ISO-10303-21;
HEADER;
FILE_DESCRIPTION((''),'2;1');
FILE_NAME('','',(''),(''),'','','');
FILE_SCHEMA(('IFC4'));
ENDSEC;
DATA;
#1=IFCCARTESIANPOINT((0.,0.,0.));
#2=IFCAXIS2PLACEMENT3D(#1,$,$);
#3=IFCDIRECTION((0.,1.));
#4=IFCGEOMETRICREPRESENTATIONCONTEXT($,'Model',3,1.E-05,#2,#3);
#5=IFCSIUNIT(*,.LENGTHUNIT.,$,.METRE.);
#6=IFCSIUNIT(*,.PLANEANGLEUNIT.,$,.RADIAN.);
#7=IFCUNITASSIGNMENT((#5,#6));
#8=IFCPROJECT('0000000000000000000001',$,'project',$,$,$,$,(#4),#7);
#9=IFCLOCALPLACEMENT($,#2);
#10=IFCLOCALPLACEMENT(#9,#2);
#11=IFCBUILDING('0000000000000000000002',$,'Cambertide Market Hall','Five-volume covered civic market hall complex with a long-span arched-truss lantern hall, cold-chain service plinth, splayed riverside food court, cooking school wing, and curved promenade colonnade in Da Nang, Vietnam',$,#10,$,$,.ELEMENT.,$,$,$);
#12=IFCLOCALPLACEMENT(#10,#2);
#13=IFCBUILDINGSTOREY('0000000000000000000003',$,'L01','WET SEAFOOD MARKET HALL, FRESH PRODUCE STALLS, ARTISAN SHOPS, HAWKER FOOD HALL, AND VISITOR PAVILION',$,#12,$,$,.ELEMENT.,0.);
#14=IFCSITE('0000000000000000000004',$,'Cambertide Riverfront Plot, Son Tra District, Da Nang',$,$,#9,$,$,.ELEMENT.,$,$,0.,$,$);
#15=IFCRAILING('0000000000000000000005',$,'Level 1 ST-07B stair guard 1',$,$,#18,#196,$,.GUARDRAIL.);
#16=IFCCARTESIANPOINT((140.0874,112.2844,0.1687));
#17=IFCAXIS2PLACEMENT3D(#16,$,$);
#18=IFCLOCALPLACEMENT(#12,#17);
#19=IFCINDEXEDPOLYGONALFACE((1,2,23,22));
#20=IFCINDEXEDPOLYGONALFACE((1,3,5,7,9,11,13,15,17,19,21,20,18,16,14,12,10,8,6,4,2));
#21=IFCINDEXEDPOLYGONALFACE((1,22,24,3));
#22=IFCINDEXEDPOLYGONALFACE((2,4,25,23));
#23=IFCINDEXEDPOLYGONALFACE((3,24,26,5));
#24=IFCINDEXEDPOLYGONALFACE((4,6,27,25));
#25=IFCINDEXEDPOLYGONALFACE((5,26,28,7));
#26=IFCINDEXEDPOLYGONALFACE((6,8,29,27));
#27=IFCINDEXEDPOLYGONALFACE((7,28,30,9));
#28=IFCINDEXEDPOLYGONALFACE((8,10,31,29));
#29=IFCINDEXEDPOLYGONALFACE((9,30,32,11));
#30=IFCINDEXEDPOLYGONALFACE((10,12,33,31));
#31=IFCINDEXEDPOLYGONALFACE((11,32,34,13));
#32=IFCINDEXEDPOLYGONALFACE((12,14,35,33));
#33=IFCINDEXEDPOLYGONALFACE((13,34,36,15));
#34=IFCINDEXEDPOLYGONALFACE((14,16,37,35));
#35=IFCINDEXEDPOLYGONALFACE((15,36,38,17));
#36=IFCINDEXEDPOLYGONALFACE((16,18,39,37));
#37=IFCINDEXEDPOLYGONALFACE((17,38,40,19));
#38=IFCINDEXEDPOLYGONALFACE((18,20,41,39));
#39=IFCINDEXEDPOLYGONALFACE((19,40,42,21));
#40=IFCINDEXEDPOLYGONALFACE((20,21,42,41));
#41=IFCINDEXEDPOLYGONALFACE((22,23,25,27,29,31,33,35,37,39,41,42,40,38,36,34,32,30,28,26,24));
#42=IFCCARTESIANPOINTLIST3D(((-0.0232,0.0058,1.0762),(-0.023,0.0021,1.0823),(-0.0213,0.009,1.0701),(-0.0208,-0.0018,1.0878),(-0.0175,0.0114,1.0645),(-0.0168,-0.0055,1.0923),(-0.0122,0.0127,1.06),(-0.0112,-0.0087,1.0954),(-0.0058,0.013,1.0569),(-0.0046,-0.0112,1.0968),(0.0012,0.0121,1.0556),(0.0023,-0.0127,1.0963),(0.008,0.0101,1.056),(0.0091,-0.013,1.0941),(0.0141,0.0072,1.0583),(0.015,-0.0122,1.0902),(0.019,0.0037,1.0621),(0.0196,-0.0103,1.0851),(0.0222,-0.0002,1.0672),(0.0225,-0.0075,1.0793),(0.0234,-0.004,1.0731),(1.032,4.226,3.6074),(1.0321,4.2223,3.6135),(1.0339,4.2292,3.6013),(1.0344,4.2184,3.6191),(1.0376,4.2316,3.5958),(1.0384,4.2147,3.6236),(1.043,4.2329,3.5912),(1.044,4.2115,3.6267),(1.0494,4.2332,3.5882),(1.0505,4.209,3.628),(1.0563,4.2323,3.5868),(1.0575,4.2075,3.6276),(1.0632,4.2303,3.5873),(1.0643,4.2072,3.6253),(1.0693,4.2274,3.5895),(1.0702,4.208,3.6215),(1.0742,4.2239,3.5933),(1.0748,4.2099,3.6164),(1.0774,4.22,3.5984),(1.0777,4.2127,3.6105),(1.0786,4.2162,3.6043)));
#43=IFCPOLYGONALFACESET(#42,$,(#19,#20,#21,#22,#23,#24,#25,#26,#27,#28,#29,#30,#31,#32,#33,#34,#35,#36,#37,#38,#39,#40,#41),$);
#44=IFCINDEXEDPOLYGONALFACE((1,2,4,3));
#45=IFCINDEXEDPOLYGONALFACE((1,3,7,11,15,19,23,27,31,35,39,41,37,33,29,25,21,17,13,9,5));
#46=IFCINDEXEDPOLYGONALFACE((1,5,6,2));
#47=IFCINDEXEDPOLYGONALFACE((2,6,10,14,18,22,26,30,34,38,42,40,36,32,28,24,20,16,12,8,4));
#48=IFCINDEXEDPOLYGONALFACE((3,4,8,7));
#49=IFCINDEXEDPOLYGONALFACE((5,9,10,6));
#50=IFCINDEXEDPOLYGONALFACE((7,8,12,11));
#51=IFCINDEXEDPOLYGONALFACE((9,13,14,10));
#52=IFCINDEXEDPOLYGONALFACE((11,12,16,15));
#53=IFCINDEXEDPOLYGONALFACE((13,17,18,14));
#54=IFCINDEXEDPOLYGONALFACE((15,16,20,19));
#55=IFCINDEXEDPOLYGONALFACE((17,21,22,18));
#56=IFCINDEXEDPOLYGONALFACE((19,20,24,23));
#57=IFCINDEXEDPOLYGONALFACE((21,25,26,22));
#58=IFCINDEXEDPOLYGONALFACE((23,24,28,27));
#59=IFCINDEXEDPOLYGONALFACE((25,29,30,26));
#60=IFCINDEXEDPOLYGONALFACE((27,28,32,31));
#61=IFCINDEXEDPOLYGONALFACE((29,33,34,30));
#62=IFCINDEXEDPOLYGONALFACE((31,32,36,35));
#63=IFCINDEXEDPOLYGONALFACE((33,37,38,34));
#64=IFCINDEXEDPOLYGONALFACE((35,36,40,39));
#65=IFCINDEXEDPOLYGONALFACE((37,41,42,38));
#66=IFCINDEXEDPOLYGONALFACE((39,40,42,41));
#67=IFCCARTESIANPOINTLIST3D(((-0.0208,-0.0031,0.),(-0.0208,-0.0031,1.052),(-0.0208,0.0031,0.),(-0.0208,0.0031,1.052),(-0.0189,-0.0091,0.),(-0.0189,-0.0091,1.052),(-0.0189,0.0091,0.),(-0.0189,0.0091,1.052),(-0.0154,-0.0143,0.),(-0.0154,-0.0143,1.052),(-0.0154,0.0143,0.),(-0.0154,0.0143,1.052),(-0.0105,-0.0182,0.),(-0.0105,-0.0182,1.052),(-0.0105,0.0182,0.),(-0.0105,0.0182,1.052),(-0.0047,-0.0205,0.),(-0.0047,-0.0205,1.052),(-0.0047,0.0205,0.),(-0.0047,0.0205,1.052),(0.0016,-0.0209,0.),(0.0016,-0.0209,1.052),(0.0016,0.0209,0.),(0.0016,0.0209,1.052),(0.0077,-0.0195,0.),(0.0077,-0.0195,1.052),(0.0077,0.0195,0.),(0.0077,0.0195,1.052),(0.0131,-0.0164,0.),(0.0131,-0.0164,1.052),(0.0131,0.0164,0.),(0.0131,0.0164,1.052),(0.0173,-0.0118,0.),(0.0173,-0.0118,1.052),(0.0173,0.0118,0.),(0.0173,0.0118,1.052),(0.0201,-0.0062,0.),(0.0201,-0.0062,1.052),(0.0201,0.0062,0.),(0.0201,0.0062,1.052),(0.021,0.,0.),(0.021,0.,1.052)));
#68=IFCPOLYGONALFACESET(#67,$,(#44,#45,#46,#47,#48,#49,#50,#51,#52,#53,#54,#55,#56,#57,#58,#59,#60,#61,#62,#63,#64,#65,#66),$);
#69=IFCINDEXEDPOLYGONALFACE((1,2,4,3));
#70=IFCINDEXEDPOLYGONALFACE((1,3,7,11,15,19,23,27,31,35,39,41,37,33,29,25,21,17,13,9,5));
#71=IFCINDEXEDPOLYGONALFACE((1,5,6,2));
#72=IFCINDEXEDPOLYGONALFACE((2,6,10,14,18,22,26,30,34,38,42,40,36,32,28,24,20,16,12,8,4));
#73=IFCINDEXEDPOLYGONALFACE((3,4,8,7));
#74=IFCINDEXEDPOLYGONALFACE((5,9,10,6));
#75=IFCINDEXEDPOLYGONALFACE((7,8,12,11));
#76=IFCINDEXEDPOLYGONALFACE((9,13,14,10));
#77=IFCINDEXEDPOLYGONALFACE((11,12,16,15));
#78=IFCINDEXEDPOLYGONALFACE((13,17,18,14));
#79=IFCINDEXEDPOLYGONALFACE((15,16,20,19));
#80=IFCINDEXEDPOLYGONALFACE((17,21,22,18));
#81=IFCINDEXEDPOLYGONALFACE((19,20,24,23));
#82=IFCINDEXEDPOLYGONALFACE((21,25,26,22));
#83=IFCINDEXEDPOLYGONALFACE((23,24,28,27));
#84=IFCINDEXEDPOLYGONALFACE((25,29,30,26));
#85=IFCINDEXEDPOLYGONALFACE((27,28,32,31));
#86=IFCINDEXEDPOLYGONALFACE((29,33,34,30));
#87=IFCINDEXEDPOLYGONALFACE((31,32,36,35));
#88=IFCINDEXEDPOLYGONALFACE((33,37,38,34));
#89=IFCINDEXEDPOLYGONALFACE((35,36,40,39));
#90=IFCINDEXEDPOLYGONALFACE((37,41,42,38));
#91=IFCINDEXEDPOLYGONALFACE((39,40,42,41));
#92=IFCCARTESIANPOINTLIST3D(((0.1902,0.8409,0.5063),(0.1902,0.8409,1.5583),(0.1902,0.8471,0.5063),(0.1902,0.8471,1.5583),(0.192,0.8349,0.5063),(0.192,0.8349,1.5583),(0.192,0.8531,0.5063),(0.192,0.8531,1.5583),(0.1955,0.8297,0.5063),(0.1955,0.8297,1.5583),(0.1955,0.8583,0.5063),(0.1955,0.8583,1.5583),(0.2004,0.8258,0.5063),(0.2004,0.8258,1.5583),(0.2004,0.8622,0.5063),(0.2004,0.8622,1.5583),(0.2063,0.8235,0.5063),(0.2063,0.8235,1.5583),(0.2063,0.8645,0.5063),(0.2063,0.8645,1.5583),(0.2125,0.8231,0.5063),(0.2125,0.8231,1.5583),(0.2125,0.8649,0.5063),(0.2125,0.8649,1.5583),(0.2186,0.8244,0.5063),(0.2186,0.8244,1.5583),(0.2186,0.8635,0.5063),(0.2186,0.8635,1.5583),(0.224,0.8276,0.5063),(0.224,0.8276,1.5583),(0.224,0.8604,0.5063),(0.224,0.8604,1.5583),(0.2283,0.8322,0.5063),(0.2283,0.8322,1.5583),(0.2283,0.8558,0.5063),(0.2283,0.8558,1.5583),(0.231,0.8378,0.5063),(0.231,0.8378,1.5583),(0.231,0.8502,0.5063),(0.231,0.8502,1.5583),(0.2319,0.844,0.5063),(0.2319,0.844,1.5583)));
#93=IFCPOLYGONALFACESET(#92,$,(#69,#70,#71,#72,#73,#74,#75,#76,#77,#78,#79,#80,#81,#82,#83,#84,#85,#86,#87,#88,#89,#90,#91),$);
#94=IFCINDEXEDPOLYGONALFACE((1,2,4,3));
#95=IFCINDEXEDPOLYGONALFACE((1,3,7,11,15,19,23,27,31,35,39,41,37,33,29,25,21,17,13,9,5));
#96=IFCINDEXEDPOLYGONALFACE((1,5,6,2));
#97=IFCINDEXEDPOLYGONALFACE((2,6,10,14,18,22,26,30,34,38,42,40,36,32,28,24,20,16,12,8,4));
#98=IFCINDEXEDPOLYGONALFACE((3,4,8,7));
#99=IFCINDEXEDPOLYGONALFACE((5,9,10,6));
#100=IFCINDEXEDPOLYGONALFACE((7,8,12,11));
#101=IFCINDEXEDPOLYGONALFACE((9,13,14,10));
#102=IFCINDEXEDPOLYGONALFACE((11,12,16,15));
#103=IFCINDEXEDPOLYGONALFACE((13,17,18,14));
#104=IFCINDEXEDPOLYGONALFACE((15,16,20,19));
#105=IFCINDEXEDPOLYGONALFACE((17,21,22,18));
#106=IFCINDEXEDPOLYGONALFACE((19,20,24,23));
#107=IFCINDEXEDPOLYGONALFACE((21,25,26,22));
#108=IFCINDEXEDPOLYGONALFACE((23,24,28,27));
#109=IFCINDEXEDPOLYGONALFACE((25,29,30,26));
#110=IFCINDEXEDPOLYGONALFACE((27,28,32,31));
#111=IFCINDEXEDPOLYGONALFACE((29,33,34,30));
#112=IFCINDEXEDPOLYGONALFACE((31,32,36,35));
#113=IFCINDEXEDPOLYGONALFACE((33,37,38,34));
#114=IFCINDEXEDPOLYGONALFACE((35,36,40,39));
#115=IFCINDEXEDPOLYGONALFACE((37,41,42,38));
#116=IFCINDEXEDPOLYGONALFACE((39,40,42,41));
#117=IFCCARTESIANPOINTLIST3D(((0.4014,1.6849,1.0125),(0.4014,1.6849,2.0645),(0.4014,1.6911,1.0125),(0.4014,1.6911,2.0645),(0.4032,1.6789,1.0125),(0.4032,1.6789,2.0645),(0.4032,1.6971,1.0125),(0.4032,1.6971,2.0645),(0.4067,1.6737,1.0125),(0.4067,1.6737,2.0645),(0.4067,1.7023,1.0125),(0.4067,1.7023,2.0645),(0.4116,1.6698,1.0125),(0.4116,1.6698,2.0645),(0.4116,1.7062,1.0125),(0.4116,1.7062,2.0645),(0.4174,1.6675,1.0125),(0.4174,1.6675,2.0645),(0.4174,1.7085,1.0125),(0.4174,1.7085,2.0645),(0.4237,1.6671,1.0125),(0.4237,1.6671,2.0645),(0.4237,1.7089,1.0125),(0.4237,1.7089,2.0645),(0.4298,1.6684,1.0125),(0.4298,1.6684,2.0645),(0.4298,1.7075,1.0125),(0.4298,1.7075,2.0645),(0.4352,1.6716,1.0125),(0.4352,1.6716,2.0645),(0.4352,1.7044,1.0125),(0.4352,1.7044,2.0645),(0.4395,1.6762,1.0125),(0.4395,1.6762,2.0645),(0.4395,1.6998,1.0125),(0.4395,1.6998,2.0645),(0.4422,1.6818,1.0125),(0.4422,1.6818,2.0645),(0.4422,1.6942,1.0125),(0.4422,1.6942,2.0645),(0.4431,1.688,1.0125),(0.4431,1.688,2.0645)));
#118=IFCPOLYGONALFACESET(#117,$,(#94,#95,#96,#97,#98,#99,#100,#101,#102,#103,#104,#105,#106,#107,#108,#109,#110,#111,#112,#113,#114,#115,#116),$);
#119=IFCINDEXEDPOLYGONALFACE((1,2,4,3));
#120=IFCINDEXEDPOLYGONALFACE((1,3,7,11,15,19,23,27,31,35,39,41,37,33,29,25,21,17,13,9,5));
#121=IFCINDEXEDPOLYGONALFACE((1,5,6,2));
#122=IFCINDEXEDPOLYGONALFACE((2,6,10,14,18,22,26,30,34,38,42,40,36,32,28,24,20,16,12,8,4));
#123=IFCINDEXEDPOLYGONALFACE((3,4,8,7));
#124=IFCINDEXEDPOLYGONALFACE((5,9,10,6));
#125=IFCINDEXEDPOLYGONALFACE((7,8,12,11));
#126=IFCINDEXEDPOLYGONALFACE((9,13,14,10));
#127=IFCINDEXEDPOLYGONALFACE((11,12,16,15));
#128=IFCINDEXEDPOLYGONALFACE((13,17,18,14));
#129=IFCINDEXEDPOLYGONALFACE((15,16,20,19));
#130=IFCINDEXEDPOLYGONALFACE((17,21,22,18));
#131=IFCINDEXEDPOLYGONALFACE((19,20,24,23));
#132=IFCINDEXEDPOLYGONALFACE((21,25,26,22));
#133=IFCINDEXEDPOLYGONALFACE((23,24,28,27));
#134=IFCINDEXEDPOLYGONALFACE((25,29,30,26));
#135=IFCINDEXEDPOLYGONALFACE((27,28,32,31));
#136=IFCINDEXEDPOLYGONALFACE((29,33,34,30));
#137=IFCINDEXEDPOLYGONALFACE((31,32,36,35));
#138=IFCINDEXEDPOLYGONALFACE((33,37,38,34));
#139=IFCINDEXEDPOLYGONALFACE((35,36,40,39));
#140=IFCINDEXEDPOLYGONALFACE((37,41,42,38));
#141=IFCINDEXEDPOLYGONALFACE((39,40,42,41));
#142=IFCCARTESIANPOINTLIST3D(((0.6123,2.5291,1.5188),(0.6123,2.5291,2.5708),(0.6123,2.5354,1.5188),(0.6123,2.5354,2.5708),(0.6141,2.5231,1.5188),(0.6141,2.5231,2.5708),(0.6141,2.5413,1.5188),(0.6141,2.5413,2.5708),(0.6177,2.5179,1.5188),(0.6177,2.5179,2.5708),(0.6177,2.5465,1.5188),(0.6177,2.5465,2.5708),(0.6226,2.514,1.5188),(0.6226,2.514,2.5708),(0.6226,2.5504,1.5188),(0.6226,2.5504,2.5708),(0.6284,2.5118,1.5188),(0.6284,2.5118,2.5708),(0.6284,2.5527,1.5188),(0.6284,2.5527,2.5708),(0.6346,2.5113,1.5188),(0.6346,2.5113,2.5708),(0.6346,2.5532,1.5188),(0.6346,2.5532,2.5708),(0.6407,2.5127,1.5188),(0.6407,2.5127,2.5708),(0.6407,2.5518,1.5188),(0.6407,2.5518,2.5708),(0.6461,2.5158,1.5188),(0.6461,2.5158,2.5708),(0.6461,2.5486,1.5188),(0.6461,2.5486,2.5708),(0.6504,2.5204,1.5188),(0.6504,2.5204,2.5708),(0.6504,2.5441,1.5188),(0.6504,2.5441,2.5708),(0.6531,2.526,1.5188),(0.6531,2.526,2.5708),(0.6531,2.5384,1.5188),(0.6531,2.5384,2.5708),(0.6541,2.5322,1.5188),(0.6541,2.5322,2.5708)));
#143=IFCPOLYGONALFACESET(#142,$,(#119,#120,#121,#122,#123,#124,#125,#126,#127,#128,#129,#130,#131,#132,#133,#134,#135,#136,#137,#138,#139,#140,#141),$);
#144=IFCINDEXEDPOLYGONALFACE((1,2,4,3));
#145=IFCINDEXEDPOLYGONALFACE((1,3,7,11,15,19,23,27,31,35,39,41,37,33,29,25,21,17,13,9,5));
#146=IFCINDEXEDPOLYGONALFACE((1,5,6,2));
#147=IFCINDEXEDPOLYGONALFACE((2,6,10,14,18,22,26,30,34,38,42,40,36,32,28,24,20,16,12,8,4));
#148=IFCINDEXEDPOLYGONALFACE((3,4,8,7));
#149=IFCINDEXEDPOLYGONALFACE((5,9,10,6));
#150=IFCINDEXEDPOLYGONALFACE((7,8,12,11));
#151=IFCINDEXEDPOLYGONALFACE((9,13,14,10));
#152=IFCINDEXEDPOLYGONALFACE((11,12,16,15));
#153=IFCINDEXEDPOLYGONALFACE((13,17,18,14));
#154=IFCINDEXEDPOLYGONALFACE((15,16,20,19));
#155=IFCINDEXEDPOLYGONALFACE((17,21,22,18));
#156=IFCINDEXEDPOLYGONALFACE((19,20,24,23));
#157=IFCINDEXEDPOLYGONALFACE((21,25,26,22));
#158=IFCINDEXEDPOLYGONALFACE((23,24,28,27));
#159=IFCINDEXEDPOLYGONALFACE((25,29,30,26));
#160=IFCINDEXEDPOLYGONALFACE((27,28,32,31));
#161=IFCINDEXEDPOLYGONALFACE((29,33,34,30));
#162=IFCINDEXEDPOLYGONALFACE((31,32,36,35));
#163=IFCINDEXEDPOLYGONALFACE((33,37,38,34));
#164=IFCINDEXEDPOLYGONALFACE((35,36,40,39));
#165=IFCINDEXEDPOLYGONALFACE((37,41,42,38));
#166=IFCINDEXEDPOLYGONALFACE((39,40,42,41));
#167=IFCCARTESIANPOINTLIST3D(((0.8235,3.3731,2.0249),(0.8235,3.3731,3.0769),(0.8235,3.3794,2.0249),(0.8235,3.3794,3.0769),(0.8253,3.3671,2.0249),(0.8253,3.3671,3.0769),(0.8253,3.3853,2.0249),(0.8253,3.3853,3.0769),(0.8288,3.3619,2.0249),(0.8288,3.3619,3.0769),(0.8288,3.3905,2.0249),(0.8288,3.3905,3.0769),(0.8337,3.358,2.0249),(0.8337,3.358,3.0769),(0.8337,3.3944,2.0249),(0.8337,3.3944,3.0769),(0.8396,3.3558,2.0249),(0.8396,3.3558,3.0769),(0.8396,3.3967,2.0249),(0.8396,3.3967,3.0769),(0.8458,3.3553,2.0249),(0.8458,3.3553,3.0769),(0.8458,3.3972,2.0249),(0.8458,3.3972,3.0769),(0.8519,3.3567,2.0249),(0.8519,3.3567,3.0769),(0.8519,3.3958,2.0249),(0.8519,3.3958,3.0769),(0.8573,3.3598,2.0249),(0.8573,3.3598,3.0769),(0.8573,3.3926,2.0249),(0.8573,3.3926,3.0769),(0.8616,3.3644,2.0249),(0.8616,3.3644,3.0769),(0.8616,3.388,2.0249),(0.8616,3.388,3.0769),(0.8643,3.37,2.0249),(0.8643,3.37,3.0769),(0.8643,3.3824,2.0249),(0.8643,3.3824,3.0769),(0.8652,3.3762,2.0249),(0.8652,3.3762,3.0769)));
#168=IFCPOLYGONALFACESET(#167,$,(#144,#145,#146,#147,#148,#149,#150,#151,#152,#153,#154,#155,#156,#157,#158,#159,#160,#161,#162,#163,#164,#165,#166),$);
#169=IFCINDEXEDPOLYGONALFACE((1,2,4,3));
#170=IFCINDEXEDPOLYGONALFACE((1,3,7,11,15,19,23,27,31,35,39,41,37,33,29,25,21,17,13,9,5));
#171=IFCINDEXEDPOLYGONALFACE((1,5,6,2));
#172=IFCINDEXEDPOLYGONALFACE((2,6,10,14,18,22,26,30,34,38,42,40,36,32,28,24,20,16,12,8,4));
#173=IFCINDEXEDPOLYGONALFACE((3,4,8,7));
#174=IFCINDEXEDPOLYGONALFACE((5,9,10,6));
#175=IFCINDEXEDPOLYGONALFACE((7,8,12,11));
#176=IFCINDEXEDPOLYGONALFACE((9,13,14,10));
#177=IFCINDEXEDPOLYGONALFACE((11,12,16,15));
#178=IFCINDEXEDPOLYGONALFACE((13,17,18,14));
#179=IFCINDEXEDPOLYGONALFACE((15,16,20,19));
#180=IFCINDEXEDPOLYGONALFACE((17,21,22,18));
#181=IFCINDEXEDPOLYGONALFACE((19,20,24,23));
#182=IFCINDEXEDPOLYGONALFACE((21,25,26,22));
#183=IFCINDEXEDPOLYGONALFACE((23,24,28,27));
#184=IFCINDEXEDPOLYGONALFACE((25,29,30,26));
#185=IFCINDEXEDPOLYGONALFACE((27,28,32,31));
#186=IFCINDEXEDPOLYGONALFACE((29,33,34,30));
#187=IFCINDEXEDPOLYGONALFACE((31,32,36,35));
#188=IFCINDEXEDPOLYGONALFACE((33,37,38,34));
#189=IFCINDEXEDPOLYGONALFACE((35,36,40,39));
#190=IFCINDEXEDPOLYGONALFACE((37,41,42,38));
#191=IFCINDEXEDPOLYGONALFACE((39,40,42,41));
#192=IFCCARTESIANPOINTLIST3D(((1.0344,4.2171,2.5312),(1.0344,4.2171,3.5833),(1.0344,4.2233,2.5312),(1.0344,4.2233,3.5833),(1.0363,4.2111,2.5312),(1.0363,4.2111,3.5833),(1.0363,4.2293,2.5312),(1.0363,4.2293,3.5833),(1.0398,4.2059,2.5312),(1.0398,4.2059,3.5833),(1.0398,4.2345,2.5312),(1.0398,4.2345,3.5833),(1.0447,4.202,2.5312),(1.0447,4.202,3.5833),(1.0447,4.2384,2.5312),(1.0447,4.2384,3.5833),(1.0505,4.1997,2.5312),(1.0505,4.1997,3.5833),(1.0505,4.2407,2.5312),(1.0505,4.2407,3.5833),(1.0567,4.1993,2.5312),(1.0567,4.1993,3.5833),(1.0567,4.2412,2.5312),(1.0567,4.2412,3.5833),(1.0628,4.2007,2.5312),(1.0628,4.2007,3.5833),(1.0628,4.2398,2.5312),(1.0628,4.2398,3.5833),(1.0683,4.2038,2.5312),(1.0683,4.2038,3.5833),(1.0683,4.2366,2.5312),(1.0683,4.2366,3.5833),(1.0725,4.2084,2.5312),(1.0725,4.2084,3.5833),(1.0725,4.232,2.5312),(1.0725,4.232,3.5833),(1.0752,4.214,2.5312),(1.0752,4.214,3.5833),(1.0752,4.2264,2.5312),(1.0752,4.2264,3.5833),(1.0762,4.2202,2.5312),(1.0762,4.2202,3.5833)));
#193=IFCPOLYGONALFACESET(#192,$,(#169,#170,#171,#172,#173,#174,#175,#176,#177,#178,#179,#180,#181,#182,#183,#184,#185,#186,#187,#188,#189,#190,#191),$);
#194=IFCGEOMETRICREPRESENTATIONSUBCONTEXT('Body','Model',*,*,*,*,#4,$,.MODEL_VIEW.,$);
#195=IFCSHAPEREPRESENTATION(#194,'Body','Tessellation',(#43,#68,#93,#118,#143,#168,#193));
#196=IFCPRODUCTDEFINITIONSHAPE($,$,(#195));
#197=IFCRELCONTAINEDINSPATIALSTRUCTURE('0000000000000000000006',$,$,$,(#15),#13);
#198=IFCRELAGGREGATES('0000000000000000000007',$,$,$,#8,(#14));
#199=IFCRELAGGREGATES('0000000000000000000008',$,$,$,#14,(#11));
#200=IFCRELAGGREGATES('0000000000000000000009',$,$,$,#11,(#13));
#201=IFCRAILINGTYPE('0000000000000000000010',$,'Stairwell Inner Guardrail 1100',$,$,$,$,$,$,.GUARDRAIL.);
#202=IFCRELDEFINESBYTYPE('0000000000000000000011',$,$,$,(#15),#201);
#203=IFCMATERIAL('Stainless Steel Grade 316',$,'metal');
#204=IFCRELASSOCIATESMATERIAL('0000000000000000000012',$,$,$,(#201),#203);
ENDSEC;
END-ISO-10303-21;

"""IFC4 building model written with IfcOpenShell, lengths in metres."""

from ifc_helpers import new_model, si_unit, direction, frame, origin, origin_2d, place, context, subcontext, project, spatial, circle, extrude, material, type_object, element, save


model = new_model("IFC4")

# Units and contexts
model_context = context("Model", 3, precision=1e-05, world=origin(), true_north=direction((0.0, 1.0)))
body_context = subcontext(model_context, "Body", "Model", "MODEL_VIEW")
ifc_project = project(units=[si_unit("LENGTHUNIT", "METRE"), si_unit("PLANEANGLEUNIT", "RADIAN")], contexts=[model_context])

# Site, building, storey
site_placement = place(None, origin())
site = spatial("IfcSite", under=ifc_project, at=site_placement, Name="Cambertide Riverfront Plot, Son Tra District, Da Nang", CompositionType="ELEMENT", RefElevation=0.0)
building_placement = place(site_placement, origin())
building = spatial("IfcBuilding", under=site, at=building_placement, Name="Cambertide Market Hall", Description="Five-volume covered civic market hall complex with a long-span arched-truss lantern hall, cold-chain service plinth, splayed riverside food court, cooking school wing, and curved promenade colonnade in Da Nang, Vietnam", CompositionType="ELEMENT")
storey_placement = place(building_placement, origin())
storey = spatial("IfcBuildingStorey", under=building, at=storey_placement, Name="L01", Description="WET SEAFOOD MARKET HALL, FRESH PRODUCE STALLS, ARTISAN SHOPS, HAWKER FOOD HALL, AND VISITOR PAVILION", CompositionType="ELEMENT", Elevation=0.0)

# Railing
ifc_material_1 = material(Name="Stainless Steel Grade 316", Category="metal")
railing_type_1 = type_object("IfcRailingType", Name="Stairwell Inner Guardrail 1100", PredefinedType="GUARDRAIL", material=ifc_material_1)
railing_1_placement = place(storey_placement, frame((140.0874, 112.2844, 0.1687)))
element("IfcRailing", 1, at=railing_1_placement, inside=storey, type_object=railing_type_1, Name="Level 1 ST-07B stair guard 1", PredefinedType="GUARDRAIL", context=body_context, shape_type="SweptSolid", body=[
    extrude(circle(Radius=0.0239, at=origin_2d()), frame((0.0, 0.0, 1.0762), z_axis=(0.209653, 0.838513, 0.502933), x_axis=(-0.970136, 0.242562, 0.0)), (0.0, 0.0, 1.0), 5.033),
    extrude(circle(Radius=0.021, at=origin_2d()), origin(), (0.0, 0.0, 1.0), 1.052),
    extrude(circle(Radius=0.021, at=origin_2d()), frame((0.2109, 0.844, 0.5063)), (0.0, 0.0, 1.0), 1.052),
    extrude(circle(Radius=0.021, at=origin_2d()), frame((0.4221, 1.688, 1.0125)), (0.0, 0.0, 1.0), 1.052),
    extrude(circle(Radius=0.021, at=origin_2d()), frame((0.6331, 2.5322, 1.5188)), (0.0, 0.0, 1.0), 1.052),
    extrude(circle(Radius=0.021, at=origin_2d()), frame((0.8442, 3.3762, 2.0249)), (0.0, 0.0, 1.0), 1.052),
    extrude(circle(Radius=0.021, at=origin_2d()), frame((1.0552, 4.2202, 2.5312)), (0.0, 0.0, 1.0), 1.052),
])

save(model, "model.ifc")
